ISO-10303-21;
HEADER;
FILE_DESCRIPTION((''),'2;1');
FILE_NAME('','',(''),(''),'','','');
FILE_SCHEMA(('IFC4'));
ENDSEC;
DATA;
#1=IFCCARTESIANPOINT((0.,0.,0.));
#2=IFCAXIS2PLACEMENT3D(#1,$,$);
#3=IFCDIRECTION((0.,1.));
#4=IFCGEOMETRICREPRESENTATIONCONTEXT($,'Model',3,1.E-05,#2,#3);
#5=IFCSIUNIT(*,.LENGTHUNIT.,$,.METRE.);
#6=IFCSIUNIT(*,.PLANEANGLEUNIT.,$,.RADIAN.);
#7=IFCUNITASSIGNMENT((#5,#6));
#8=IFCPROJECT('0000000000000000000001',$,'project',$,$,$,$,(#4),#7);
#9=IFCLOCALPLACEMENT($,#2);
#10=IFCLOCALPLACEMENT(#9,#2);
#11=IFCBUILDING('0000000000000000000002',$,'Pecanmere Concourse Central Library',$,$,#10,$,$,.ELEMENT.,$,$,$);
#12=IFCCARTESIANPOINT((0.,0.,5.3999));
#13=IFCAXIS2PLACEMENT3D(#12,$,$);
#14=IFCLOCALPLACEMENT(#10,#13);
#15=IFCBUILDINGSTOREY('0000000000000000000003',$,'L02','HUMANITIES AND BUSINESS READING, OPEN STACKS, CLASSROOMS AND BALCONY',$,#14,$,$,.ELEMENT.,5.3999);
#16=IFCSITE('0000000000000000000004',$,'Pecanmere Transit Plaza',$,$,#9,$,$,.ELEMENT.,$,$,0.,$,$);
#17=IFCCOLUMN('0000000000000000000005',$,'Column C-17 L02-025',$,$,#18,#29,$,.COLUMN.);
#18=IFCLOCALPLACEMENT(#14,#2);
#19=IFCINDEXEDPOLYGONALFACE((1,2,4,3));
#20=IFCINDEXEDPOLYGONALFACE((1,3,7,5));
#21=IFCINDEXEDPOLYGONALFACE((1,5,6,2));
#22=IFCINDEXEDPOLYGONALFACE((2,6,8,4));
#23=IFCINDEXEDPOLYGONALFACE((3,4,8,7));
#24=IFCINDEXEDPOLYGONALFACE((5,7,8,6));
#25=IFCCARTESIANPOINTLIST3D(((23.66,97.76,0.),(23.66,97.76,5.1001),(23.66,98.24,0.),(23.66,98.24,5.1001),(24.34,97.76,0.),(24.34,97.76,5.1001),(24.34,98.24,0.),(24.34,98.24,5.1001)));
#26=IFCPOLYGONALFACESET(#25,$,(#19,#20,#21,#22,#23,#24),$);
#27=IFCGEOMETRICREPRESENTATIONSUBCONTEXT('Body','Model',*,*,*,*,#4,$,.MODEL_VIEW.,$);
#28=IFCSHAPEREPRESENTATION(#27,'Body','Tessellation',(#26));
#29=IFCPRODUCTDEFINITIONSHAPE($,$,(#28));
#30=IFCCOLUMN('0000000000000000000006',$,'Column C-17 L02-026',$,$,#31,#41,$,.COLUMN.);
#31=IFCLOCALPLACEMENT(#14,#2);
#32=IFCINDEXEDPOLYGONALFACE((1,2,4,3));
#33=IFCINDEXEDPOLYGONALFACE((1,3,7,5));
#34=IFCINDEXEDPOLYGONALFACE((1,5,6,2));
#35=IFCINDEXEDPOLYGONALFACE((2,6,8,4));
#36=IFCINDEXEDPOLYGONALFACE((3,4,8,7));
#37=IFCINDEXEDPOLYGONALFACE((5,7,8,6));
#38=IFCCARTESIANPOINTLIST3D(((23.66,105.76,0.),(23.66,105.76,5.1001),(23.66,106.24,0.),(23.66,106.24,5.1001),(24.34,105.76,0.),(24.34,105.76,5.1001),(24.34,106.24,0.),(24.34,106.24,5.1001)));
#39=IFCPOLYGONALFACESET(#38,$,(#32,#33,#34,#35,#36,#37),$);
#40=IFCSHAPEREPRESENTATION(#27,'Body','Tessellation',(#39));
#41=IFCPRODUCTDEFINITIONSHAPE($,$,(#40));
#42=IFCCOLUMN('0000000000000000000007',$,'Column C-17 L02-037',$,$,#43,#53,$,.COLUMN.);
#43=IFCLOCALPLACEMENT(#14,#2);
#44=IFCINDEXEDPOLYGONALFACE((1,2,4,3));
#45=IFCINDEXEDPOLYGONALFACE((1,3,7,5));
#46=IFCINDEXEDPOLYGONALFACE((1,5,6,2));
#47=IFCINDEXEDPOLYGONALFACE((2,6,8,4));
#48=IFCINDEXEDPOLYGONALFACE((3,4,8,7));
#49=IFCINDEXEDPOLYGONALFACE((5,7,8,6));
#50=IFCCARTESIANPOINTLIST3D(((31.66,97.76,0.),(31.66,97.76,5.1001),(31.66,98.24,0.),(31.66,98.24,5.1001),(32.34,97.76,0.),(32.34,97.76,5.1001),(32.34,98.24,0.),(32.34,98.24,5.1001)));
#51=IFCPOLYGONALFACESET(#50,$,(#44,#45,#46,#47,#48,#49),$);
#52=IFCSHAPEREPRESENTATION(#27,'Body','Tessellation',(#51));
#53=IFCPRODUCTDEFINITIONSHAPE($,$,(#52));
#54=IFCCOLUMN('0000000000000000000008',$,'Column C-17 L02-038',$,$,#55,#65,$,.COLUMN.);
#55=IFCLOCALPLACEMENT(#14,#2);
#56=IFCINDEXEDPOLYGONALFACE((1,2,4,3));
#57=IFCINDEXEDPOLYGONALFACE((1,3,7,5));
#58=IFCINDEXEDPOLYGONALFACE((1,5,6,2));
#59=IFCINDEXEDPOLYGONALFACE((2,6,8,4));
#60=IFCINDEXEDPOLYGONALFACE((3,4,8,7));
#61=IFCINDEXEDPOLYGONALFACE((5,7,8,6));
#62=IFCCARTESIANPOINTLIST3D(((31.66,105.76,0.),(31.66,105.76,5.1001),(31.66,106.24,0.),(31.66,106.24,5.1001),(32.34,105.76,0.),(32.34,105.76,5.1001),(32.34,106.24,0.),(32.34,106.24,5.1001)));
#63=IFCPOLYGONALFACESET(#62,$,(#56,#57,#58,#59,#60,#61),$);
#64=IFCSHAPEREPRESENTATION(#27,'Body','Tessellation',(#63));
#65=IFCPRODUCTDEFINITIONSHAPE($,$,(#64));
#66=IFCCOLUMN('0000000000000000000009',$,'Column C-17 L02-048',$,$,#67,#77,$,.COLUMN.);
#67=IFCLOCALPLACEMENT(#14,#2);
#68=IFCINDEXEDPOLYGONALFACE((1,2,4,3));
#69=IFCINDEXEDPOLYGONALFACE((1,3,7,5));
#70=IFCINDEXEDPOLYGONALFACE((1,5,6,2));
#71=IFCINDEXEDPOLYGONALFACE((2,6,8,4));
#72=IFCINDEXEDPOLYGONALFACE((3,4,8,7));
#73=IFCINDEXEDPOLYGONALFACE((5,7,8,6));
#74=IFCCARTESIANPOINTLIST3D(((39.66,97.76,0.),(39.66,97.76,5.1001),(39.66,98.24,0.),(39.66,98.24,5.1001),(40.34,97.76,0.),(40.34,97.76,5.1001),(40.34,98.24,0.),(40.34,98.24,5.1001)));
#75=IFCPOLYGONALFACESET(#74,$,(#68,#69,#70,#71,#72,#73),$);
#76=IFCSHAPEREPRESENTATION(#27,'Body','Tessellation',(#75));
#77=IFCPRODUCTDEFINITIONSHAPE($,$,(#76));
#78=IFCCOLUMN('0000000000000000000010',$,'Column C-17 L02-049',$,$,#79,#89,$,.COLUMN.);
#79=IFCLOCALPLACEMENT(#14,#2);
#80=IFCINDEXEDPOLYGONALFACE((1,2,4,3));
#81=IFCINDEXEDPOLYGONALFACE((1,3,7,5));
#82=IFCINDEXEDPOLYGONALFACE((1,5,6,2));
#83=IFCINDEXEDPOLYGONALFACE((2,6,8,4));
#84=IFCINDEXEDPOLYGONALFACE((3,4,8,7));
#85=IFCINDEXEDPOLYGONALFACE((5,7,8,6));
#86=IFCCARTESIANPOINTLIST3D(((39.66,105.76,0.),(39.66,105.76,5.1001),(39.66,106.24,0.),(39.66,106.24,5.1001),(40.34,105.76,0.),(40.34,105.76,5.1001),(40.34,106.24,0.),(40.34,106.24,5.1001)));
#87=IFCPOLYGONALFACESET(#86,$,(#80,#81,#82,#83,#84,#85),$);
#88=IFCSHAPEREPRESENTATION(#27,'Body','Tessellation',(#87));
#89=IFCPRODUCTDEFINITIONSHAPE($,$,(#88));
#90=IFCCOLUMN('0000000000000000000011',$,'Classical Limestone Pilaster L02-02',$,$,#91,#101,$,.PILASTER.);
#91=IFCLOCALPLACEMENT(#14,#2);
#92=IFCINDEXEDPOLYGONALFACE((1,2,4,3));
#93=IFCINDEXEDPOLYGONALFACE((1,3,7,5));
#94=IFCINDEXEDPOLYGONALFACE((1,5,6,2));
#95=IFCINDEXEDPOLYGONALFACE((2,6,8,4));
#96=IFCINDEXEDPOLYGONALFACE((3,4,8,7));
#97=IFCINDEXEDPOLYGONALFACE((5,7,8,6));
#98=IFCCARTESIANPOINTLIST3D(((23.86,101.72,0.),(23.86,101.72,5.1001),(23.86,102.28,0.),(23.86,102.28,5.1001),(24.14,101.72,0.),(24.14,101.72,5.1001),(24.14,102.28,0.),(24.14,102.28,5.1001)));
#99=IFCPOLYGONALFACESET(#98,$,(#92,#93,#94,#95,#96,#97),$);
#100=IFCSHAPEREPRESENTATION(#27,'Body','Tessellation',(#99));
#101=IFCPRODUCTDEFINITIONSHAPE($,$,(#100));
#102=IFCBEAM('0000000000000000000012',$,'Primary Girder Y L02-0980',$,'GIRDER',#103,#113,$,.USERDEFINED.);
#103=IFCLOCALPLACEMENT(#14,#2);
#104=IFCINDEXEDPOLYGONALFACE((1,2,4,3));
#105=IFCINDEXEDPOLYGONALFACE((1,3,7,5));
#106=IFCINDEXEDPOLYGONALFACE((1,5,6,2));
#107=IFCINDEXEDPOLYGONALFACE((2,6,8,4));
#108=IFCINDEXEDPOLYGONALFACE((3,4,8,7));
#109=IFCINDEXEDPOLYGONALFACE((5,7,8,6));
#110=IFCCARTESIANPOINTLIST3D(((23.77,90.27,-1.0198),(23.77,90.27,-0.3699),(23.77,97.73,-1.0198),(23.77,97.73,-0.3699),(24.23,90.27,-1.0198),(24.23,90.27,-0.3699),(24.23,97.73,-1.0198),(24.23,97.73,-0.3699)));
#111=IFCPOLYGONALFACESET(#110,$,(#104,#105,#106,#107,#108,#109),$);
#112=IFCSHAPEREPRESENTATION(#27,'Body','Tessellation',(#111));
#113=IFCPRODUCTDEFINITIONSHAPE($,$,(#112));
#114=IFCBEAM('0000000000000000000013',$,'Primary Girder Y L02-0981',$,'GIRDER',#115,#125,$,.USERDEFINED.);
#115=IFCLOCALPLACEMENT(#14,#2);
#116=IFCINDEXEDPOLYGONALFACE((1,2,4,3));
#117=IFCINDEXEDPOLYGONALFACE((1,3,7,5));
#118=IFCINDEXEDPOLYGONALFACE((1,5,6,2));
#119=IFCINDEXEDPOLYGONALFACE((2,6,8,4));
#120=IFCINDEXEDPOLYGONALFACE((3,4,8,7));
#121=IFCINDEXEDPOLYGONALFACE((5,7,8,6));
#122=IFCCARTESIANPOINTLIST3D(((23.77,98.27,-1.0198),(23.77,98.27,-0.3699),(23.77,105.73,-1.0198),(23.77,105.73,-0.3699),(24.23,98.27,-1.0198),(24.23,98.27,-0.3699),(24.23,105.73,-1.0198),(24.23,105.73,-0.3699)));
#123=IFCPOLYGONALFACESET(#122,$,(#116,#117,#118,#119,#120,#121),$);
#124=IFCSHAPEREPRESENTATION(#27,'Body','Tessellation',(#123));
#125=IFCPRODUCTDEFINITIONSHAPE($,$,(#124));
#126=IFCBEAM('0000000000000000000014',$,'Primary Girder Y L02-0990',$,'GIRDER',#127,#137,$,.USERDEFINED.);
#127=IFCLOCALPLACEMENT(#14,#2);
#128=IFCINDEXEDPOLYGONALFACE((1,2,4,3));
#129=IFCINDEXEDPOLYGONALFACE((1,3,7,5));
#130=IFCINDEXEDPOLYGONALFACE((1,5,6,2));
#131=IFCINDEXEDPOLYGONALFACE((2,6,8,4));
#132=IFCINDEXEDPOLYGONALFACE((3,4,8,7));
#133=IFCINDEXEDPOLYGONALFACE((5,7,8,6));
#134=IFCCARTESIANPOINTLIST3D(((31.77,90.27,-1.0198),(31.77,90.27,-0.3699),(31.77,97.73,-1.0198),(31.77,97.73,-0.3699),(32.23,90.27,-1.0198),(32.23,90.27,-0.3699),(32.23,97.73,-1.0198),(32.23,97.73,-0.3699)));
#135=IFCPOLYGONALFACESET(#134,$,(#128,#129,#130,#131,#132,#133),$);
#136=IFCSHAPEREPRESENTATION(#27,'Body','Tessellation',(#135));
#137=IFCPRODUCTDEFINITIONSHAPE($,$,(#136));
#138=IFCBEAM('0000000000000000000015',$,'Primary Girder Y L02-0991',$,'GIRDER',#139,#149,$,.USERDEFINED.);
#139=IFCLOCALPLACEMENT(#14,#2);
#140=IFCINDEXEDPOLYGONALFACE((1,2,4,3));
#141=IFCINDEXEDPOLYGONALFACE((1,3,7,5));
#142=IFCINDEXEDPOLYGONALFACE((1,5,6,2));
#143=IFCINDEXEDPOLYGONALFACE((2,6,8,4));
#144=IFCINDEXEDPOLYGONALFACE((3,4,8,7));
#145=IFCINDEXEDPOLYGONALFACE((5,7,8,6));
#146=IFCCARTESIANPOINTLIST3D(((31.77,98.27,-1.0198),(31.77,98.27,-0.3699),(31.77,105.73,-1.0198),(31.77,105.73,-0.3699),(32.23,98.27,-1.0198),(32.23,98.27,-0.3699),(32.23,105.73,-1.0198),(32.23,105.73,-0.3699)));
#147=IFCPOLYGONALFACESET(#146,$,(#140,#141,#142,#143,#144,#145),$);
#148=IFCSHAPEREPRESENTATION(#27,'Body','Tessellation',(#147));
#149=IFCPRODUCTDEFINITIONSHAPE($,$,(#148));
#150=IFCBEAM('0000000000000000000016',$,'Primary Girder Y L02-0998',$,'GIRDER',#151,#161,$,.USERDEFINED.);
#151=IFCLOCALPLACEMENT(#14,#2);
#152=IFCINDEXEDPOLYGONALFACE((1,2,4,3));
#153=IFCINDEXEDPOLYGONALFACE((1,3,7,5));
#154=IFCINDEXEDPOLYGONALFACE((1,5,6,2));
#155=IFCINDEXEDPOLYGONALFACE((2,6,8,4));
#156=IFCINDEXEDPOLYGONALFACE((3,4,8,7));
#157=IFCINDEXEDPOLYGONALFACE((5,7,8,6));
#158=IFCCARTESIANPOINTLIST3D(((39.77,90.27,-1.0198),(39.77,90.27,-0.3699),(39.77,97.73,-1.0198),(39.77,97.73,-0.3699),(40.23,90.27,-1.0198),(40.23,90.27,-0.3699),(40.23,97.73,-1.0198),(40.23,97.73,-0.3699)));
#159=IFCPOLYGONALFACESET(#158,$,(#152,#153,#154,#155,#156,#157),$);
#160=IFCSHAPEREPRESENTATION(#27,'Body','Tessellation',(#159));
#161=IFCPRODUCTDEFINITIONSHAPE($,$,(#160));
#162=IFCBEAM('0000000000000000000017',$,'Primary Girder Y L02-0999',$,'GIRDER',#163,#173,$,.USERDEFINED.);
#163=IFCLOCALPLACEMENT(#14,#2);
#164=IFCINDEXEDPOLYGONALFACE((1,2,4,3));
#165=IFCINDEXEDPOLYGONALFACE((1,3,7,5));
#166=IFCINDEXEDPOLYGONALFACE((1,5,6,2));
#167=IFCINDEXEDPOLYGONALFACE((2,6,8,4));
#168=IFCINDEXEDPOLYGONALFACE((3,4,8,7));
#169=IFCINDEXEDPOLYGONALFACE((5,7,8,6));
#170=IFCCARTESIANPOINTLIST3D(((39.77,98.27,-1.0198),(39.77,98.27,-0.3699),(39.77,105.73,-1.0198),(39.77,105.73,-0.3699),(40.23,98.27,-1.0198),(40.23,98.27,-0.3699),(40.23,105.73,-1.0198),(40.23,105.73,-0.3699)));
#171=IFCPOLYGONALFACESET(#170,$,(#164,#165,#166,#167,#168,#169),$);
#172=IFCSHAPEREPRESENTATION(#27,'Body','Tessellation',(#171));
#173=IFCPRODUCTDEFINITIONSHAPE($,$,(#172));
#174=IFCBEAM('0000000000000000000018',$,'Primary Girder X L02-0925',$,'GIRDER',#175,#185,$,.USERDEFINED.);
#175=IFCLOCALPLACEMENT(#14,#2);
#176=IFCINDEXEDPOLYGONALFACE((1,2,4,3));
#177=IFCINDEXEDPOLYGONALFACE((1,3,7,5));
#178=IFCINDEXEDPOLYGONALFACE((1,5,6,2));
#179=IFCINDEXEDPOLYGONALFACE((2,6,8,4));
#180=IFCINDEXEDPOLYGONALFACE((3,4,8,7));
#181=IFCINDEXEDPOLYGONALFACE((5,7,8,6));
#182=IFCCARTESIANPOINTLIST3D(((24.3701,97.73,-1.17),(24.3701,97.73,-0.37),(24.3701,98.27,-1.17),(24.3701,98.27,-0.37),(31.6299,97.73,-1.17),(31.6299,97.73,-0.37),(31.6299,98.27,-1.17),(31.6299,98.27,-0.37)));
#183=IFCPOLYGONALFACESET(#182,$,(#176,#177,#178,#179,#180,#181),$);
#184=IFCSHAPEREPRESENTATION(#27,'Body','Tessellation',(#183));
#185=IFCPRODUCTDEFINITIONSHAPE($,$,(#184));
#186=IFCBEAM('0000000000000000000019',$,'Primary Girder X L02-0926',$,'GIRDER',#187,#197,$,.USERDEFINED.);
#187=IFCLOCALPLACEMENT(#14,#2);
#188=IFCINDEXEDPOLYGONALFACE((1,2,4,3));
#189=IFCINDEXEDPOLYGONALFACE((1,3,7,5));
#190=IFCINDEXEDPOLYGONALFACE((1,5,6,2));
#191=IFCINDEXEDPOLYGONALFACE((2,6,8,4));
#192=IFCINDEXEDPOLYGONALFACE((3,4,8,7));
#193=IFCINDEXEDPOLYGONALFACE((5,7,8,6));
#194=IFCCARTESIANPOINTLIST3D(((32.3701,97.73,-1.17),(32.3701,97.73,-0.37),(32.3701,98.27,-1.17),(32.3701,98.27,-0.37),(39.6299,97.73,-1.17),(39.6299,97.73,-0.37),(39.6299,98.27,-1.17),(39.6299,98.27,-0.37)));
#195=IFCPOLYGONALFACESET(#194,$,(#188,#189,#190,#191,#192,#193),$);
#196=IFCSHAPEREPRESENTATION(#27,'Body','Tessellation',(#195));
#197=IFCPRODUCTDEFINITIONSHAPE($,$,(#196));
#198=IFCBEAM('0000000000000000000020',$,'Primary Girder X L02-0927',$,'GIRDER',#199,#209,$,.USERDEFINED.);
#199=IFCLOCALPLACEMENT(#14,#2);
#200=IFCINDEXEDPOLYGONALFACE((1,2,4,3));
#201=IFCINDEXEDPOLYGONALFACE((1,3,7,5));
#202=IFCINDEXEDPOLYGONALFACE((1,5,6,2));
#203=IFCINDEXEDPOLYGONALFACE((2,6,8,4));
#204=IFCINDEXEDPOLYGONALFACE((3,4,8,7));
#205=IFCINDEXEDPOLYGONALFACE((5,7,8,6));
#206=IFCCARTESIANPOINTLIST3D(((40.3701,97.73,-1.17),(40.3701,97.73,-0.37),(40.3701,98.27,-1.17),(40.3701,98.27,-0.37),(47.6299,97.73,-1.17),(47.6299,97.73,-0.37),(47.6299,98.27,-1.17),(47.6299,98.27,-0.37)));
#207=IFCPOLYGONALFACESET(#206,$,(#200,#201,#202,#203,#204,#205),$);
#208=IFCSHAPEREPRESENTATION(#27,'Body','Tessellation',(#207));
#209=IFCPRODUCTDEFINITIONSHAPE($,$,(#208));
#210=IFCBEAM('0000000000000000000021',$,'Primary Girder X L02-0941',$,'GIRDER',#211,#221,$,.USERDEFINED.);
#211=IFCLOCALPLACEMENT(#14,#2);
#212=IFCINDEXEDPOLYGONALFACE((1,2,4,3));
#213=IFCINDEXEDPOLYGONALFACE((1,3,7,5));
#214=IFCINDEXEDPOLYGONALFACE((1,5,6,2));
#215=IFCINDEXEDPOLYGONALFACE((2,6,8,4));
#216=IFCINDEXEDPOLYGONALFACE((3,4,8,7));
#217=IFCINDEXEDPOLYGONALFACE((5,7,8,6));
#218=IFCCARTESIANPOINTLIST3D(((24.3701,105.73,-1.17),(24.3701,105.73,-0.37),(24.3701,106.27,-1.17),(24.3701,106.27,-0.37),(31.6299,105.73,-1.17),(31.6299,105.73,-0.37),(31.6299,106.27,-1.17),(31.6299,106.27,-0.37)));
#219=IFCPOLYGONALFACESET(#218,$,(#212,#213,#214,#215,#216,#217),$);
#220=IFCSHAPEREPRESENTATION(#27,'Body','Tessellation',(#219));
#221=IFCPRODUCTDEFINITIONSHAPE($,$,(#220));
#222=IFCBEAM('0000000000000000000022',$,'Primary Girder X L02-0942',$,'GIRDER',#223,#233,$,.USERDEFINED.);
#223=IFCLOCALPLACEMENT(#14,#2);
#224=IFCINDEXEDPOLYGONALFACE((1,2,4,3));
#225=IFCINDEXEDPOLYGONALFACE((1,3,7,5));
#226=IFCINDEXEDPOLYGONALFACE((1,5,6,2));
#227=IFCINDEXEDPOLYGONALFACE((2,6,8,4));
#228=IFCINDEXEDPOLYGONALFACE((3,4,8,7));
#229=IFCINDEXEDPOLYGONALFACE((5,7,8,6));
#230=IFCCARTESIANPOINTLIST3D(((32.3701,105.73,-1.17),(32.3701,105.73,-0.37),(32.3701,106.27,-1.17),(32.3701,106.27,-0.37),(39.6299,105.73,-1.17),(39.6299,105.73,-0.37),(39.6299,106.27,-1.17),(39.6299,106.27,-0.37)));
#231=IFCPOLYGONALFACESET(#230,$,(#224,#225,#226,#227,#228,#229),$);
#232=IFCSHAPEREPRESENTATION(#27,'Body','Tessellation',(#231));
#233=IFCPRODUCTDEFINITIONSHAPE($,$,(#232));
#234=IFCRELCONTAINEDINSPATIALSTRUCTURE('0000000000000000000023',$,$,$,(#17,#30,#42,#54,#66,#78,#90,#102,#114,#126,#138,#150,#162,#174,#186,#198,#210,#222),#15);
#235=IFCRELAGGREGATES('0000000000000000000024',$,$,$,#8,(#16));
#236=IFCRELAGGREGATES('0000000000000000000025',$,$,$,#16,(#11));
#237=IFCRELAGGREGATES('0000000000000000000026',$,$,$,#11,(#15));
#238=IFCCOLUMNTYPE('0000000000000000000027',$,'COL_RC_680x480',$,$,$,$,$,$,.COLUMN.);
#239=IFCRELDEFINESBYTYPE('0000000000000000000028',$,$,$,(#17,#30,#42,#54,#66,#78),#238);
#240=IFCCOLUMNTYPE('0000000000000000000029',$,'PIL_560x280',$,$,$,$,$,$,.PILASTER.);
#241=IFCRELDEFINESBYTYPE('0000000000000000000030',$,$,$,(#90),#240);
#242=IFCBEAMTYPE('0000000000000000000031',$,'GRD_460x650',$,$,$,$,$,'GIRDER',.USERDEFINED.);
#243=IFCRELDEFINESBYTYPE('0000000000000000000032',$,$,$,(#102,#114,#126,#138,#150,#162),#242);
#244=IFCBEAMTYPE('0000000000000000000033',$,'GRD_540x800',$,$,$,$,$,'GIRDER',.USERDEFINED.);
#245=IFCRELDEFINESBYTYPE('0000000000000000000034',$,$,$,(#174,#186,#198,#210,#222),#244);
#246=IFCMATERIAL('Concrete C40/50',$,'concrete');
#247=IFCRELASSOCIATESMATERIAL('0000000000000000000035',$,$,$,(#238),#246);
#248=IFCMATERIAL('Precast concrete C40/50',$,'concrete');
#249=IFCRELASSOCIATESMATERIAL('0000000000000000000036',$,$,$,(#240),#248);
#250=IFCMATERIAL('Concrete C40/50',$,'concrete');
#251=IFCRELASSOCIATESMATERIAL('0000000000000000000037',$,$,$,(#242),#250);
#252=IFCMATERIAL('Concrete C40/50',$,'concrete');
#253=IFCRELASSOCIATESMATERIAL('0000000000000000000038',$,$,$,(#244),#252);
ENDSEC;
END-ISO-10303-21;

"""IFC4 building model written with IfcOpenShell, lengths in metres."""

from ifc_helpers import new_model, si_unit, direction, frame, origin, origin_2d, place, context, subcontext, project, spatial, rectangle, extrude, material, material_profile, profile_set, type_object, element, save


model = new_model("IFC4")

# Units and contexts
model_context = context("Model", 3, precision=1e-05, world=origin(), true_north=direction((0.0, 1.0)))
body_context = subcontext(model_context, "Body", "Model", "MODEL_VIEW")
ifc_project = project(units=[si_unit("LENGTHUNIT", "METRE"), si_unit("PLANEANGLEUNIT", "RADIAN")], contexts=[model_context])

# Site, building, storey
site_placement = place(None, origin())
site = spatial("IfcSite", under=ifc_project, at=site_placement, Name="Pecanmere Transit Plaza", CompositionType="ELEMENT", RefElevation=0.0)
building_placement = place(site_placement, origin())
building = spatial("IfcBuilding", under=site, at=building_placement, Name="Pecanmere Concourse Central Library", CompositionType="ELEMENT")
storey_placement = place(building_placement, frame((0.0, 0.0, 5.3999)))
storey = spatial("IfcBuildingStorey", under=building, at=storey_placement, Name="L02", Description="HUMANITIES AND BUSINESS READING, OPEN STACKS, CLASSROOMS AND BALCONY", CompositionType="ELEMENT", Elevation=5.3999)

# Columns
ifc_material_1 = material(Name="Concrete C40/50", Category="concrete")
ifc_material_profile_1 = material_profile(ifc_material_1, rectangle(XDim=0.6799, YDim=0.48, at=origin_2d()), Name="RC 680x480")
ifc_profile_set_1 = profile_set([ifc_material_profile_1], Name="Concrete C40/50")
column_type_1 = type_object("IfcColumnType", Name="COL_RC_680x480", PredefinedType="COLUMN", material=ifc_profile_set_1)
for number, where, z_axis, x_axis, name in (
    (1, (24.0, 98.0, 0.0), (0.0, 0.0, 1.0), (1.0, 0.0, 0.0), "Column C-17 L02-025"),
    (2, (24.0, 106.0, 0.0), (0.0, 0.0, 1.0), (1.0, 0.0, 0.0), "Column C-17 L02-026"),
    (3, (32.0, 98.0, 0.0), (0.0, 0.0, 1.0), (1.0, 0.0, 0.0), "Column C-17 L02-037"),
    (4, (32.0, 106.0, 0.0), (0.0, 0.0, 1.0), (1.0, 0.0, 0.0), "Column C-17 L02-038"),
    (5, (40.0, 98.0, 0.0), (0.0, 0.0, 1.0), (1.0, 0.0, 0.0), "Column C-17 L02-048"),
    (6, (40.0, 106.0, 0.0), (0.0, 0.0, 1.0), (1.0, 0.0, 0.0), "Column C-17 L02-049"),
):
    element("IfcColumn", number, at=place(storey_placement, frame(where, z_axis=z_axis, x_axis=x_axis)), inside=storey, type_object=column_type_1, Name=name, PredefinedType="COLUMN", context=body_context, shape_type="SweptSolid", body=[
        extrude(rectangle(XDim=0.6799, YDim=0.48, at=origin_2d()), origin(), (0.0, 0.0, 1.0), 5.1001),
    ])
ifc_material_2 = material(Name="Precast concrete C40/50", Category="concrete")
ifc_material_profile_2 = material_profile(ifc_material_2, rectangle(XDim=0.5601, YDim=0.28, at=origin_2d()), Name="RC 560x280")
ifc_profile_set_2 = profile_set([ifc_material_profile_2], Name="Precast concrete C40/50")
column_type_2 = type_object("IfcColumnType", Name="PIL_560x280", PredefinedType="PILASTER", material=ifc_profile_set_2)
column_placement = place(storey_placement, frame((24.0, 102.0, 0.0), z_axis=(0.0, 0.0, 1.0), x_axis=(0.0, 1.0, 0.0)))
element("IfcColumn", 7, at=column_placement, inside=storey, type_object=column_type_2, Name="Classical Limestone Pilaster L02-02", PredefinedType="PILASTER", context=body_context, shape_type="SweptSolid", body=[
    extrude(rectangle(XDim=0.5601, YDim=0.28, at=origin_2d()), origin(), (0.0, 0.0, 1.0), 5.1001),
])

# Beams
ifc_material_3 = material(Name="Concrete C40/50", Category="concrete")
ifc_material_profile_3 = material_profile(ifc_material_3, rectangle(XDim=0.46, YDim=0.6499, at=origin_2d()), Name="RC 460x650")
ifc_profile_set_3 = profile_set([ifc_material_profile_3], Name="Concrete C40/50")
beam_type_1 = type_object("IfcBeamType", Name="GRD_460x650", ElementType="GIRDER", PredefinedType="USERDEFINED", material=ifc_profile_set_3)
for number, where, z_axis, x_axis, name in (
    (8, (24.0, 90.27, -0.6948), (0.0, 1.0, 0.0), (-1.0, 0.0, 0.0), "Primary Girder Y L02-0980"),
    (9, (24.0, 98.27, -0.6948), (0.0, 1.0, 0.0), (-1.0, 0.0, 0.0), "Primary Girder Y L02-0981"),
    (10, (32.0, 90.27, -0.6948), (0.0, 1.0, 0.0), (-1.0, 0.0, 0.0), "Primary Girder Y L02-0990"),
    (11, (32.0, 98.27, -0.6948), (0.0, 1.0, 0.0), (-1.0, 0.0, 0.0), "Primary Girder Y L02-0991"),
    (12, (40.0, 90.27, -0.6948), (0.0, 1.0, 0.0), (-1.0, 0.0, 0.0), "Primary Girder Y L02-0998"),
    (13, (40.0, 98.27, -0.6948), (0.0, 1.0, 0.0), (-1.0, 0.0, 0.0), "Primary Girder Y L02-0999"),
):
    element("IfcBeam", number, at=place(storey_placement, frame(where, z_axis=z_axis, x_axis=x_axis)), inside=storey, type_object=beam_type_1, Name=name, ObjectType="GIRDER", PredefinedType="USERDEFINED", context=body_context, shape_type="SweptSolid", body=[
        extrude(rectangle(XDim=0.46, YDim=0.6499, at=origin_2d()), origin(), (0.0, 0.0, 1.0), 7.46),
    ])
ifc_material_4 = material(Name="Concrete C40/50", Category="concrete")
ifc_material_profile_4 = material_profile(ifc_material_4, rectangle(XDim=0.54, YDim=0.8, at=origin_2d()), Name="RC 540x800")
ifc_profile_set_4 = profile_set([ifc_material_profile_4], Name="Concrete C40/50")
beam_type_2 = type_object("IfcBeamType", Name="GRD_540x800", ElementType="GIRDER", PredefinedType="USERDEFINED", material=ifc_profile_set_4)
for number, where, z_axis, x_axis, name in (
    (14, (24.3701, 98.0, -0.77), (1.0, 0.0, 0.0), (0.0, 1.0, 0.0), "Primary Girder X L02-0925"),
    (15, (32.3701, 98.0, -0.77), (1.0, 0.0, 0.0), (0.0, 1.0, 0.0), "Primary Girder X L02-0926"),
    (16, (40.3701, 98.0, -0.77), (1.0, 0.0, 0.0), (0.0, 1.0, 0.0), "Primary Girder X L02-0927"),
    (17, (24.3701, 106.0, -0.77), (1.0, 0.0, 0.0), (0.0, 1.0, 0.0), "Primary Girder X L02-0941"),
    (18, (32.3701, 106.0, -0.77), (1.0, 0.0, 0.0), (0.0, 1.0, 0.0), "Primary Girder X L02-0942"),
):
    element("IfcBeam", number, at=place(storey_placement, frame(where, z_axis=z_axis, x_axis=x_axis)), inside=storey, type_object=beam_type_2, Name=name, ObjectType="GIRDER", PredefinedType="USERDEFINED", context=body_context, shape_type="SweptSolid", body=[
        extrude(rectangle(XDim=0.54, YDim=0.8, at=origin_2d()), origin(), (0.0, 0.0, 1.0), 7.2598),
    ])

save(model, "model.ifc")
